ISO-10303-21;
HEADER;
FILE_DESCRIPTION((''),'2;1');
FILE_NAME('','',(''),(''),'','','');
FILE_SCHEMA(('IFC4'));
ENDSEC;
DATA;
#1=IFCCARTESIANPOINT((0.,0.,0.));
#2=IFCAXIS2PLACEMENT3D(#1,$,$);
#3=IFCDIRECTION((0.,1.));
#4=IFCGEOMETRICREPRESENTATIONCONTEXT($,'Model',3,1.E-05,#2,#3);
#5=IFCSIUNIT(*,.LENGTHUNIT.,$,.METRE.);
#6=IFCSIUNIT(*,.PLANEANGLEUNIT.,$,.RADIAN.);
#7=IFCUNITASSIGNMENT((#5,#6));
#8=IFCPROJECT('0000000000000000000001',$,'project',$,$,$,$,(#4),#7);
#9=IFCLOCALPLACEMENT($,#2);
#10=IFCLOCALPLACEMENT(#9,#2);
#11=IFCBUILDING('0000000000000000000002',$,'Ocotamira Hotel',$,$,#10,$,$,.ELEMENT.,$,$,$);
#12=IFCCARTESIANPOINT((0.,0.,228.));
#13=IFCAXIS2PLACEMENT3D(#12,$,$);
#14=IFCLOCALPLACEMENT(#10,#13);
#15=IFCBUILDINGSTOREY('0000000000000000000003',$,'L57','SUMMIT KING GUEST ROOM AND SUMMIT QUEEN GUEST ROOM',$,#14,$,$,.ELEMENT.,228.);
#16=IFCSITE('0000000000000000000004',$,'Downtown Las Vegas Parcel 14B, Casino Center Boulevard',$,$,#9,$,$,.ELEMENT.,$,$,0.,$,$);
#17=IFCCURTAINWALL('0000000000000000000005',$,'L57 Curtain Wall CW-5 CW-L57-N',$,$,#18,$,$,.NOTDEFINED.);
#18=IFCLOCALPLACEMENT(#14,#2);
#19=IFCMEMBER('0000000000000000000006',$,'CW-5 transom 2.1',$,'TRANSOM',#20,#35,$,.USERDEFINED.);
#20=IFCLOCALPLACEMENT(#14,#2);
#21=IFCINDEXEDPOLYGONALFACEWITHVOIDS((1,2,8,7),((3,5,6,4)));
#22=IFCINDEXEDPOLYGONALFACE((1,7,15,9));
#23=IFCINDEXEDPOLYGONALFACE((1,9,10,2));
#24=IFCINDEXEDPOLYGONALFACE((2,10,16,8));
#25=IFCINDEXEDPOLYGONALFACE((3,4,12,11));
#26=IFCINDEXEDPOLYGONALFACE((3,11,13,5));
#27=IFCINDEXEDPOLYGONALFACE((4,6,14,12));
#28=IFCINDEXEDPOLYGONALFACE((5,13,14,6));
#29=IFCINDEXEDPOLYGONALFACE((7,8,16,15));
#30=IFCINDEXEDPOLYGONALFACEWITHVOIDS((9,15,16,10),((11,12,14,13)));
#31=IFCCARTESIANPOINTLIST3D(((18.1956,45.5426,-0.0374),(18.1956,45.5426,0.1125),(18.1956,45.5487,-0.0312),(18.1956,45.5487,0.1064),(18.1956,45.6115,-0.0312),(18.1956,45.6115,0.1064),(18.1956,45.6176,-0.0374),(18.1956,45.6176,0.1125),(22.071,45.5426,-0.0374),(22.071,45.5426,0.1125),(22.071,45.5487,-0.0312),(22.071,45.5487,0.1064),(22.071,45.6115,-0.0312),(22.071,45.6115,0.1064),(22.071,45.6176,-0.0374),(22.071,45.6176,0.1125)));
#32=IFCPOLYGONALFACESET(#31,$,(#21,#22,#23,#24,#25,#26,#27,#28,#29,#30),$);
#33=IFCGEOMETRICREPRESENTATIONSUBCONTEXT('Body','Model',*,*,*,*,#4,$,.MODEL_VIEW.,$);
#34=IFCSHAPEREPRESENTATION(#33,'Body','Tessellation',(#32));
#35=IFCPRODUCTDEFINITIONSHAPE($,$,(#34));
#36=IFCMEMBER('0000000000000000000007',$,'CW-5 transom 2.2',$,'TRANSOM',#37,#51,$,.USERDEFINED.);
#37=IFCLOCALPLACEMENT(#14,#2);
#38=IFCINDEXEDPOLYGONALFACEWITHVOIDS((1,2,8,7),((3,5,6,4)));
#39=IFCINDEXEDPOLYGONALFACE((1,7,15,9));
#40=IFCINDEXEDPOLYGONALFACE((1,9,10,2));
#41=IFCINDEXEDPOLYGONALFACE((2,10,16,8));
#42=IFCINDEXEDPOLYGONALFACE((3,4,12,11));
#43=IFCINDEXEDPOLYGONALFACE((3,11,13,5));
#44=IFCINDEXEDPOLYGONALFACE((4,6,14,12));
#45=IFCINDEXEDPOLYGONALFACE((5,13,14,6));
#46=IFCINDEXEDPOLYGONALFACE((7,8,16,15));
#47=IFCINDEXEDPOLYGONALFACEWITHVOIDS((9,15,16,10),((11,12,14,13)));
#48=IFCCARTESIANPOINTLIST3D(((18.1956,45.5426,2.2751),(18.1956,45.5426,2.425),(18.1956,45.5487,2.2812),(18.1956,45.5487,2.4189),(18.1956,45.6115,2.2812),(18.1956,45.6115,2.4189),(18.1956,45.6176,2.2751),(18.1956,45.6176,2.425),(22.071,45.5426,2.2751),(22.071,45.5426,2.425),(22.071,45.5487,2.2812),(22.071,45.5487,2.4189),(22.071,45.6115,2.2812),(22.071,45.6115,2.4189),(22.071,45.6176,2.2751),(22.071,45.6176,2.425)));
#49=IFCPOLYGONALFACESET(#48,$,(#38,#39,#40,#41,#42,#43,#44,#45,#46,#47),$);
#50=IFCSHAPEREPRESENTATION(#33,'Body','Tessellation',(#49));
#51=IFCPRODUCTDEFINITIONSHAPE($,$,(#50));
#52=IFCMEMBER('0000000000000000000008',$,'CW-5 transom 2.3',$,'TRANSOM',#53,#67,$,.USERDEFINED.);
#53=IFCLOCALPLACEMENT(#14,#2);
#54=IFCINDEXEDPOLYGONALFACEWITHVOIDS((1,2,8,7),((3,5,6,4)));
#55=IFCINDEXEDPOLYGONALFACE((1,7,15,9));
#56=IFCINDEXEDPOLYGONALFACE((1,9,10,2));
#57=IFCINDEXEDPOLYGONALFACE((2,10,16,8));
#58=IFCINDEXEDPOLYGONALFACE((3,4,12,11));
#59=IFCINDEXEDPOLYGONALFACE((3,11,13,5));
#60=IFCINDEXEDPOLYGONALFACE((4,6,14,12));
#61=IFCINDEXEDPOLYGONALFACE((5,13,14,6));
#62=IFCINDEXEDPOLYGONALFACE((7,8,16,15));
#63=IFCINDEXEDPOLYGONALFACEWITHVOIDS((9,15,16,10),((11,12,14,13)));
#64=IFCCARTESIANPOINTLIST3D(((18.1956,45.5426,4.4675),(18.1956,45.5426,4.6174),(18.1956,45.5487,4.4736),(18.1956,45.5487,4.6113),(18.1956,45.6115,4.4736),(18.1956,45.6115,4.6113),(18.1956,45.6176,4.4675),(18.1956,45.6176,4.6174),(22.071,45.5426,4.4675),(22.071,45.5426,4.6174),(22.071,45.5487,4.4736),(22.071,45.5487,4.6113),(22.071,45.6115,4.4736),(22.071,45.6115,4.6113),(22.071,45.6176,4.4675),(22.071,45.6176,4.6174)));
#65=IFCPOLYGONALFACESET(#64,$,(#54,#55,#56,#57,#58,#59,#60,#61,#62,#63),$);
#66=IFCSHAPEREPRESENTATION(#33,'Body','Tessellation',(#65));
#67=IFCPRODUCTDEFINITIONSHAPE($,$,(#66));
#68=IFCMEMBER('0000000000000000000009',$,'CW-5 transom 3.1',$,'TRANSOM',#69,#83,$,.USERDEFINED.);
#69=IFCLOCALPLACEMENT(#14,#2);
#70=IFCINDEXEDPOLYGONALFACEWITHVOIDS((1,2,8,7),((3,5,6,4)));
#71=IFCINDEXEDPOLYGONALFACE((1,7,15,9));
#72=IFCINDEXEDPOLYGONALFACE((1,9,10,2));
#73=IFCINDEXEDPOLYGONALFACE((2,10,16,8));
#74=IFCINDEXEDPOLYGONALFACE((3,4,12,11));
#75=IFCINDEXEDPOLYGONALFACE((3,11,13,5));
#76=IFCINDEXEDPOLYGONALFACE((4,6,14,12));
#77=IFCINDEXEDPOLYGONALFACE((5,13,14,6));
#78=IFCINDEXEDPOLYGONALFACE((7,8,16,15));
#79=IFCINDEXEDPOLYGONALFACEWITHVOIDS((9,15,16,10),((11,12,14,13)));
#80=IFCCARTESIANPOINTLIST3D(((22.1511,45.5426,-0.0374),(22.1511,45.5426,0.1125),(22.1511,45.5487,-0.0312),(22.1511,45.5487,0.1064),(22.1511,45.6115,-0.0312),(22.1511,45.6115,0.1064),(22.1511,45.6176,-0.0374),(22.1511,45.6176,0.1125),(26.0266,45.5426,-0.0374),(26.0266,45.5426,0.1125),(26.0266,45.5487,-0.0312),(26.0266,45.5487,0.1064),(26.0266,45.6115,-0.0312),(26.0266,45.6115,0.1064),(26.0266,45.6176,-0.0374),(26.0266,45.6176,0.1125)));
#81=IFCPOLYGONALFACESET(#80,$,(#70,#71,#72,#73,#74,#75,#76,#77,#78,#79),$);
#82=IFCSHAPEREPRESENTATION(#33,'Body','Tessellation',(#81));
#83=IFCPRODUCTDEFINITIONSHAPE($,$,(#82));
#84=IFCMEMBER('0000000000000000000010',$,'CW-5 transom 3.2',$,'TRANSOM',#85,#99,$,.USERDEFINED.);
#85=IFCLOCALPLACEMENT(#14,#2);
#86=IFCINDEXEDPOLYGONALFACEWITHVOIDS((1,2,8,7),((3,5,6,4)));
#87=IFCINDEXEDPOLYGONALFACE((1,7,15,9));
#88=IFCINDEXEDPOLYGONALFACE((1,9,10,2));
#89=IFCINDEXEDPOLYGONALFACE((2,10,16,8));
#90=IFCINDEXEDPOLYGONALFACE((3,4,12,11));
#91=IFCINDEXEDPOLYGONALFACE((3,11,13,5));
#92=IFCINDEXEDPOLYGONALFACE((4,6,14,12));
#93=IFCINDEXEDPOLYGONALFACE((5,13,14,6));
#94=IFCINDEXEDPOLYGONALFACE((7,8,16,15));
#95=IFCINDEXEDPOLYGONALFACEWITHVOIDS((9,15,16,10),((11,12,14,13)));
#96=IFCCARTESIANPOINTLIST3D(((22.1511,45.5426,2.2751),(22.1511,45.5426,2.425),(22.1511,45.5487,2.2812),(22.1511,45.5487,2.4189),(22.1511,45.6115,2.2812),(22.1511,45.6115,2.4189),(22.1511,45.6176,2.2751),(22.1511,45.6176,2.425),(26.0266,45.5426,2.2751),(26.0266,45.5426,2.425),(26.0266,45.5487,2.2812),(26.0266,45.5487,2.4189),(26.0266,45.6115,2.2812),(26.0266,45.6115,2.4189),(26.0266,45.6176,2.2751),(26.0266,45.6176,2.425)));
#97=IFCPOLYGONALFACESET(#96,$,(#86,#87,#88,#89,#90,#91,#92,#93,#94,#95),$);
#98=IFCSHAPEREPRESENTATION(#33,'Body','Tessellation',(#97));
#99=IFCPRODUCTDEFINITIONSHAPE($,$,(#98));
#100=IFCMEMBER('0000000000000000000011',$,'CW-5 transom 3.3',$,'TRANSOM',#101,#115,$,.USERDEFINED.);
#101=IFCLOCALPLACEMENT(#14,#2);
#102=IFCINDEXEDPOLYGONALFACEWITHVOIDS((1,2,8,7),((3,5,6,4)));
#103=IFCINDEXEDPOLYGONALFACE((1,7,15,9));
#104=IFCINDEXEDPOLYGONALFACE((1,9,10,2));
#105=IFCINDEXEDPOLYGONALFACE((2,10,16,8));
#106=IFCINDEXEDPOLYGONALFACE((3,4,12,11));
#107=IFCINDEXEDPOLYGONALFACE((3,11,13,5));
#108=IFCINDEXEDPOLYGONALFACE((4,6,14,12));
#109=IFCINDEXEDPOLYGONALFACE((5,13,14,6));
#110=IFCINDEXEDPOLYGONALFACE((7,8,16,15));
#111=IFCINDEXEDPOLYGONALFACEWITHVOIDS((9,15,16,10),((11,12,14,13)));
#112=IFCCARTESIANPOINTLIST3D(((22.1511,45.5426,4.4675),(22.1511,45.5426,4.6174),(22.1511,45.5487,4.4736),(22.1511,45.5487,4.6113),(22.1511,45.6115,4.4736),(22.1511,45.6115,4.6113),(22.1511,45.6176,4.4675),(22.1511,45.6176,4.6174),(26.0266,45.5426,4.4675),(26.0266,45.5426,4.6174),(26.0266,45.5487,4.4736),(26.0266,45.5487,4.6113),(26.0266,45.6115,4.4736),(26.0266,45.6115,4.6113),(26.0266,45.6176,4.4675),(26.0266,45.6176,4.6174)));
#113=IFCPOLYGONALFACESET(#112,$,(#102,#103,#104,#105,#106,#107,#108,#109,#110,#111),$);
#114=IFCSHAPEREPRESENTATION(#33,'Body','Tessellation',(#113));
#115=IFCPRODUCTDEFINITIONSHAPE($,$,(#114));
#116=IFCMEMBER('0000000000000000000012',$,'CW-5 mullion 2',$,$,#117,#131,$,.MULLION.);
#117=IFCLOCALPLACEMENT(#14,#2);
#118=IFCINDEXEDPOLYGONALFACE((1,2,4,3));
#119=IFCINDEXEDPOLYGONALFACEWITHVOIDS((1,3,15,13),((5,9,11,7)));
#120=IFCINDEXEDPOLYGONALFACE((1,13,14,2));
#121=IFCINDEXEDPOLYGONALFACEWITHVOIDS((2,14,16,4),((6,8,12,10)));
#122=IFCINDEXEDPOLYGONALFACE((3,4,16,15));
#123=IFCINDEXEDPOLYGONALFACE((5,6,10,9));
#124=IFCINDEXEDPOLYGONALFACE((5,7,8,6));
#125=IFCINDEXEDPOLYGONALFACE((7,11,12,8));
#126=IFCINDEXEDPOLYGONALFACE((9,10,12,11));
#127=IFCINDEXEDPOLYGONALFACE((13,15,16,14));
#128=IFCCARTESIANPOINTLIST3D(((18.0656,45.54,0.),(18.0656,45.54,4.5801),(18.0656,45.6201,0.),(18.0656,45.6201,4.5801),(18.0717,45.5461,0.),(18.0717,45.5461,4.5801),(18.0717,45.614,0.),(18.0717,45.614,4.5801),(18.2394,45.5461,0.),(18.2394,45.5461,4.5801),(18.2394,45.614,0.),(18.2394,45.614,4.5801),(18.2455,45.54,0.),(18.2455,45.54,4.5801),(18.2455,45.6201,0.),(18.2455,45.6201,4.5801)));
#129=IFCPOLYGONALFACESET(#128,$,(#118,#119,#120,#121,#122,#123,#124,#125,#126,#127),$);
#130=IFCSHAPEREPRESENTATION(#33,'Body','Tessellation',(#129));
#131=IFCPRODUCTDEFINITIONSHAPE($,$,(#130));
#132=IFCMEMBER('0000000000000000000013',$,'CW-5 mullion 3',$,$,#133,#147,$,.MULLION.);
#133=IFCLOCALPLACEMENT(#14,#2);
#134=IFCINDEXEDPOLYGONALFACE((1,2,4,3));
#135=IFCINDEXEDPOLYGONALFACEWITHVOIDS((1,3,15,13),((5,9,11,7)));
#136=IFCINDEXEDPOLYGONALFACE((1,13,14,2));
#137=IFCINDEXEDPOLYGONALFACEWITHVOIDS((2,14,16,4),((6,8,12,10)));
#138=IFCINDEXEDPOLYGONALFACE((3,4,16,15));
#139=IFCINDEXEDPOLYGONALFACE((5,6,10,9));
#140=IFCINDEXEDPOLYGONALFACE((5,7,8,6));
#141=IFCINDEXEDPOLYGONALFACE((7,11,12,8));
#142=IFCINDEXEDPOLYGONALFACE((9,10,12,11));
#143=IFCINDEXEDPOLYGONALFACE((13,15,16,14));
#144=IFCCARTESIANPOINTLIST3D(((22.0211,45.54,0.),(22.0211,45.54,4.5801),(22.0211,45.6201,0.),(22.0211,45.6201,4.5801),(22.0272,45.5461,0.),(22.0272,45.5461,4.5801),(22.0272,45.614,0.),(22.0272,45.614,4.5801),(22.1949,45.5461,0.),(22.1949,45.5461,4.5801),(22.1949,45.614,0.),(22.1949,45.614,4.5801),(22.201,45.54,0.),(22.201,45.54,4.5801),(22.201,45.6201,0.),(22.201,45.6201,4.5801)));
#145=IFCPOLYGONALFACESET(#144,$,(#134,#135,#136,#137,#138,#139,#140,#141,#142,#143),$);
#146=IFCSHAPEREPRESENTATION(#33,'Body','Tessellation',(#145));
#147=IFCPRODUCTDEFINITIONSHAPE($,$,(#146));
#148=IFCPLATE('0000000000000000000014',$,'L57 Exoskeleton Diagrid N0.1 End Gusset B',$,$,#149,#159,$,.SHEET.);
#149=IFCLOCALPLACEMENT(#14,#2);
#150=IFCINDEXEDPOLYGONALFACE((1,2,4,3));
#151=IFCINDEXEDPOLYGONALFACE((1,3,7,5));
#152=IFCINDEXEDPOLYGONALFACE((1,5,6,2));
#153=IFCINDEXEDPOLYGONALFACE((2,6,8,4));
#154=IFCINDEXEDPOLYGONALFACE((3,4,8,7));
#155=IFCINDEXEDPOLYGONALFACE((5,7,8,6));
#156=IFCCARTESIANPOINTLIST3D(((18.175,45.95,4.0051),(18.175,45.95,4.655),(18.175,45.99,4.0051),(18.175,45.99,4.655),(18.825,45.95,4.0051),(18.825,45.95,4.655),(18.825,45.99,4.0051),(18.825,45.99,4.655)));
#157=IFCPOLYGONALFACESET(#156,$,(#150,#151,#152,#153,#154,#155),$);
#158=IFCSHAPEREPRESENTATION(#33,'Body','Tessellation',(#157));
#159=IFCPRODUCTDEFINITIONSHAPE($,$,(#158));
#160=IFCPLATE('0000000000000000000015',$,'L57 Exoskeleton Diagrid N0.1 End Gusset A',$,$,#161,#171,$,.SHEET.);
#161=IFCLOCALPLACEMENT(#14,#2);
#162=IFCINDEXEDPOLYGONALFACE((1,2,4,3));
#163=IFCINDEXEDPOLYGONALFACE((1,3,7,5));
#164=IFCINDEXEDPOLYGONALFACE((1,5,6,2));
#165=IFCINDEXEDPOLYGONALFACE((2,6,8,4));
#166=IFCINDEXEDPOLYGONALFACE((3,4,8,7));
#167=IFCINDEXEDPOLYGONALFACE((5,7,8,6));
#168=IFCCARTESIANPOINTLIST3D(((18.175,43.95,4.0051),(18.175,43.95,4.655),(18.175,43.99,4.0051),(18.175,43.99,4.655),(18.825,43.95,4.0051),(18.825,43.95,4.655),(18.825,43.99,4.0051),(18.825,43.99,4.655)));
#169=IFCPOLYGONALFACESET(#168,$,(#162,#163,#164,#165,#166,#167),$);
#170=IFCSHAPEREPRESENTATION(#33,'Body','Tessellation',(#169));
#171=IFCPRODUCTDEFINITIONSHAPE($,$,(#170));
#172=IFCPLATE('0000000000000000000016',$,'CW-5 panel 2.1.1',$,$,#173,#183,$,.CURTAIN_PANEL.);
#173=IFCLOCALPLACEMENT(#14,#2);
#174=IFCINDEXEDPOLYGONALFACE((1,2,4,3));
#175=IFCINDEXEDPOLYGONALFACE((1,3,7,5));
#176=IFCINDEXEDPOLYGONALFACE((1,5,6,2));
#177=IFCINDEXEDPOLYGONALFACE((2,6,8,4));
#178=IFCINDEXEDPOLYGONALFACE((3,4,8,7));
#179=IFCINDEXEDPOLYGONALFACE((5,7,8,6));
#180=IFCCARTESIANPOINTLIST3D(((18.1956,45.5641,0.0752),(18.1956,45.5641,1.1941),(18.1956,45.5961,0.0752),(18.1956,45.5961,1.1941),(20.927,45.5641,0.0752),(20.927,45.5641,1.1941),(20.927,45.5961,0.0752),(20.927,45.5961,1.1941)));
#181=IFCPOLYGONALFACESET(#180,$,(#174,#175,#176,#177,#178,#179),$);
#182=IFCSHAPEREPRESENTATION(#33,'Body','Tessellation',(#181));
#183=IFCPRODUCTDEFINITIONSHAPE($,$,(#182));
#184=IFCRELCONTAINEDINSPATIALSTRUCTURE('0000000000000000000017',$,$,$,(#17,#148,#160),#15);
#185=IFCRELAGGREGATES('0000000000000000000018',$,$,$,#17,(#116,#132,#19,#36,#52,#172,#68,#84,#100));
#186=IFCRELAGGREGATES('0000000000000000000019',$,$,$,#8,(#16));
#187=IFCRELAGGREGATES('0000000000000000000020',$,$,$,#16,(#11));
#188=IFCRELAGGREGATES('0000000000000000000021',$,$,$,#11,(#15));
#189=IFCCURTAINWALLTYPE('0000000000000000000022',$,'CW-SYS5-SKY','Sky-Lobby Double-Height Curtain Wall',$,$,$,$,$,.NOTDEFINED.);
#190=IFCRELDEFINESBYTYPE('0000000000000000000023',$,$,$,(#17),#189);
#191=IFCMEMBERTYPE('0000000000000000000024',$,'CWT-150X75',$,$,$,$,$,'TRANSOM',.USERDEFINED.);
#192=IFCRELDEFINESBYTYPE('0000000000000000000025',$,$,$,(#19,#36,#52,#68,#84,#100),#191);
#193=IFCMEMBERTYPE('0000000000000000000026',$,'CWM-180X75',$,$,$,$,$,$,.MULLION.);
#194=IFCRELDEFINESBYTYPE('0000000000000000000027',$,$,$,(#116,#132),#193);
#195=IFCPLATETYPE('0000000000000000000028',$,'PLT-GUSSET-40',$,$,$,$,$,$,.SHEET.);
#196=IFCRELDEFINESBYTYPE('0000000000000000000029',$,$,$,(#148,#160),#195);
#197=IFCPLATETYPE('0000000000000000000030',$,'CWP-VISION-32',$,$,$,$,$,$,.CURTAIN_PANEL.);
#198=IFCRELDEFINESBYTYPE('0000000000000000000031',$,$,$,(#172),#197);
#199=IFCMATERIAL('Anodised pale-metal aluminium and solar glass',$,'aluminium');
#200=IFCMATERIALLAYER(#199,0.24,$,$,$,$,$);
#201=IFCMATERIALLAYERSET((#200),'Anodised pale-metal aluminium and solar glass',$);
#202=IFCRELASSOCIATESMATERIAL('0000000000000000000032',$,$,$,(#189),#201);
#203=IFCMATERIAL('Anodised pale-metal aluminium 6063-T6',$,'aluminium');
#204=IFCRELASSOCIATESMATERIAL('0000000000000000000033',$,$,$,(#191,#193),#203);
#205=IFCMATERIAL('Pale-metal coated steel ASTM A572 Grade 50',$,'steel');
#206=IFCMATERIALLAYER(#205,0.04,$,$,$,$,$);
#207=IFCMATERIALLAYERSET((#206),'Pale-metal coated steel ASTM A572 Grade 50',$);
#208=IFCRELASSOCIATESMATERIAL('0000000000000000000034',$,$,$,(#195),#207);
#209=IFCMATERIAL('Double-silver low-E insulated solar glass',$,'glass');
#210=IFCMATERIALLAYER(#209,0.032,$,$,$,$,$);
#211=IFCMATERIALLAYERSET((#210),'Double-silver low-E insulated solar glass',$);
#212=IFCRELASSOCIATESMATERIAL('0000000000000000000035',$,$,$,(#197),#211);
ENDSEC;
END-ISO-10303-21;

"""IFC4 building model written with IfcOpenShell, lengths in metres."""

from ifc_helpers import new_model, si_unit, direction, frame, origin, origin_2d, place, context, subcontext, project, spatial, rectangle, hollow_rectangle, extrude, source, transform, mapped, material, layer, layer_set, material_profile, profile_set, type_object, element, aggregate, save


model = new_model("IFC4")

# Units and contexts
model_context = context("Model", 3, precision=1e-05, world=origin(), true_north=direction((0.0, 1.0)))
body_context = subcontext(model_context, "Body", "Model", "MODEL_VIEW")
ifc_project = project(units=[si_unit("LENGTHUNIT", "METRE"), si_unit("PLANEANGLEUNIT", "RADIAN")], contexts=[model_context])

# Site, building, storey
site_placement = place(None, origin())
site = spatial("IfcSite", under=ifc_project, at=site_placement, Name="Downtown Las Vegas Parcel 14B, Casino Center Boulevard", CompositionType="ELEMENT", RefElevation=0.0)
building_placement = place(site_placement, origin())
building = spatial("IfcBuilding", under=site, at=building_placement, Name="Ocotamira Hotel", CompositionType="ELEMENT")
storey_placement = place(building_placement, frame((0.0, 0.0, 228.0)))
storey = spatial("IfcBuildingStorey", under=building, at=storey_placement, Name="L57", Description="SUMMIT KING GUEST ROOM AND SUMMIT QUEEN GUEST ROOM", CompositionType="ELEMENT", Elevation=228.0)

# Curtain wall, members
ifc_material_1 = material(Name="Anodised pale-metal aluminium and solar glass", Category="aluminium")
ifc_layer_1 = layer(ifc_material_1, 0.24)
ifc_layer_set_1 = layer_set([ifc_layer_1], Name="Anodised pale-metal aluminium and solar glass")
curtain_wall_type = type_object("IfcCurtainWallType", Name="CW-SYS5-SKY", Description="Sky-Lobby Double-Height Curtain Wall", PredefinedType="NOTDEFINED", material=ifc_layer_set_1)
curtain_wall_placement = place(storey_placement, origin())
curtain_wall = element("IfcCurtainWall", 1, at=curtain_wall_placement, inside=storey, type_object=curtain_wall_type, Name="L57 Curtain Wall CW-5 CW-L57-N", PredefinedType="NOTDEFINED")
ifc_material_2 = material(Name="Anodised pale-metal aluminium 6063-T6", Category="aluminium")
ifc_material_profile_1 = material_profile(ifc_material_2, hollow_rectangle(XDim=0.075, YDim=0.1499, WallThickness=0.0061, at=origin_2d()), Name="HSS150X75X6")
ifc_profile_set_1 = profile_set([ifc_material_profile_1], Name="Anodised pale-metal aluminium 6063-T6")
member_type_1 = type_object("IfcMemberType", Name="CWT-150X75", ElementType="TRANSOM", PredefinedType="USERDEFINED", material=ifc_profile_set_1)
shared_shape_1 = source(origin(), body_context, "Body", "SweptSolid", [
    extrude(hollow_rectangle(XDim=0.075, YDim=0.1499, WallThickness=0.0061, at=origin_2d()), origin(), (0.0, 0.0, 1.0), 3.8755),
])
member_1_placement = place(storey_placement, frame((18.1956, 45.5801, 0.0376), z_axis=(1.0, 0.0, 0.0), x_axis=(0.0, 1.0, 0.0)))
member_1 = element("IfcMember", 2, at=member_1_placement, type_object=member_type_1, Name="CW-5 transom 2.1", ObjectType="TRANSOM", PredefinedType="USERDEFINED", context=body_context, shape_type="MappedRepresentation", body=[
    mapped(shared_shape_1, transform((0.0, 0.0, 0.0), scale=1.0)),
])
member_2_placement = place(storey_placement, frame((18.1956, 45.5801, 2.3501), z_axis=(1.0, 0.0, 0.0), x_axis=(0.0, 1.0, 0.0)))
member_2 = element("IfcMember", 3, at=member_2_placement, type_object=member_type_1, Name="CW-5 transom 2.2", ObjectType="TRANSOM", PredefinedType="USERDEFINED", context=body_context, shape_type="MappedRepresentation", body=[
    mapped(shared_shape_1, transform((0.0, 0.0, 0.0), scale=1.0)),
])
member_3_placement = place(storey_placement, frame((18.1956, 45.5801, 4.5425), z_axis=(1.0, 0.0, 0.0), x_axis=(0.0, 1.0, 0.0)))
member_3 = element("IfcMember", 4, at=member_3_placement, type_object=member_type_1, Name="CW-5 transom 2.3", ObjectType="TRANSOM", PredefinedType="USERDEFINED", context=body_context, shape_type="MappedRepresentation", body=[
    mapped(shared_shape_1, transform((0.0, 0.0, 0.0), scale=1.0)),
])
member_4_placement = place(storey_placement, frame((22.1511, 45.5801, 0.0376), z_axis=(1.0, 0.0, 0.0), x_axis=(0.0, 1.0, 0.0)))
member_4 = element("IfcMember", 5, at=member_4_placement, type_object=member_type_1, Name="CW-5 transom 3.1", ObjectType="TRANSOM", PredefinedType="USERDEFINED", context=body_context, shape_type="MappedRepresentation", body=[
    mapped(shared_shape_1, transform((0.0, 0.0, 0.0), scale=1.0)),
])
member_5_placement = place(storey_placement, frame((22.1511, 45.5801, 2.3501), z_axis=(1.0, 0.0, 0.0), x_axis=(0.0, 1.0, 0.0)))
member_5 = element("IfcMember", 6, at=member_5_placement, type_object=member_type_1, Name="CW-5 transom 3.2", ObjectType="TRANSOM", PredefinedType="USERDEFINED", context=body_context, shape_type="MappedRepresentation", body=[
    mapped(shared_shape_1, transform((0.0, 0.0, 0.0), scale=1.0)),
])
member_6_placement = place(storey_placement, frame((22.1511, 45.5801, 4.5425), z_axis=(1.0, 0.0, 0.0), x_axis=(0.0, 1.0, 0.0)))
member_6 = element("IfcMember", 7, at=member_6_placement, type_object=member_type_1, Name="CW-5 transom 3.3", ObjectType="TRANSOM", PredefinedType="USERDEFINED", context=body_context, shape_type="MappedRepresentation", body=[
    mapped(shared_shape_1, transform((0.0, 0.0, 0.0), scale=1.0)),
])
ifc_material_profile_2 = material_profile(ifc_material_2, hollow_rectangle(XDim=0.0801, YDim=0.1799, WallThickness=0.0061, at=origin_2d()), Name="HSS180X80X6")
ifc_profile_set_2 = profile_set([ifc_material_profile_2], Name="Anodised pale-metal aluminium 6063-T6")
member_type_2 = type_object("IfcMemberType", Name="CWM-180X75", PredefinedType="MULLION", material=ifc_profile_set_2)
shared_shape_2 = source(origin(), body_context, "Body", "SweptSolid", [
    extrude(hollow_rectangle(XDim=0.0801, YDim=0.1799, WallThickness=0.0061, at=origin_2d()), origin(), (0.0, 0.0, 1.0), 4.5801),
])
member_7_placement = place(storey_placement, frame((18.1555, 45.5801, 0.0), z_axis=(0.0, 0.0, 1.0), x_axis=(0.0, 1.0, 0.0)))
member_7 = element("IfcMember", 8, at=member_7_placement, type_object=member_type_2, Name="CW-5 mullion 2", PredefinedType="MULLION", context=body_context, shape_type="MappedRepresentation", body=[
    mapped(shared_shape_2, transform((0.0, 0.0, 0.0), scale=1.0)),
])
member_8_placement = place(storey_placement, frame((22.1111, 45.5801, 0.0), z_axis=(0.0, 0.0, 1.0), x_axis=(0.0, 1.0, 0.0)))
member_8 = element("IfcMember", 9, at=member_8_placement, type_object=member_type_2, Name="CW-5 mullion 3", PredefinedType="MULLION", context=body_context, shape_type="MappedRepresentation", body=[
    mapped(shared_shape_2, transform((0.0, 0.0, 0.0), scale=1.0)),
])

# Plates
ifc_material_3 = material(Name="Pale-metal coated steel ASTM A572 Grade 50", Category="steel")
ifc_layer_2 = layer(ifc_material_3, 0.04)
ifc_layer_set_2 = layer_set([ifc_layer_2], Name="Pale-metal coated steel ASTM A572 Grade 50")
plate_type_1 = type_object("IfcPlateType", Name="PLT-GUSSET-40", PredefinedType="SHEET", material=ifc_layer_set_2)
shared_shape_3 = source(origin(), body_context, "Body", "SweptSolid", [
    extrude(rectangle(XDim=0.6499, YDim=0.04, at=origin_2d()), origin(), (0.0, 0.0, 1.0), 0.6499),
])
for number, where, z_axis, x_axis, name in (
    (10, (18.5, 45.97, 4.0051), (0.0, 0.0, 1.0), (1.0, 0.0, 0.0), "L57 Exoskeleton Diagrid N0.1 End Gusset B"),
    (11, (18.5, 43.97, 4.0051), (0.0, 0.0, 1.0), (-1.0, 0.0, 0.0), "L57 Exoskeleton Diagrid N0.1 End Gusset A"),
):
    element("IfcPlate", number, at=place(storey_placement, frame(where, z_axis=z_axis, x_axis=x_axis)), inside=storey, type_object=plate_type_1, Name=name, PredefinedType="SHEET", context=body_context, shape_type="MappedRepresentation", body=[
        mapped(shared_shape_3, transform((0.0, 0.0, 0.0), scale=1.0)),
    ])

# Plate
ifc_material_4 = material(Name="Double-silver low-E insulated solar glass", Category="glass")
ifc_layer_3 = layer(ifc_material_4, 0.032)
ifc_layer_set_3 = layer_set([ifc_layer_3], Name="Double-silver low-E insulated solar glass")
plate_type_2 = type_object("IfcPlateType", Name="CWP-VISION-32", PredefinedType="CURTAIN_PANEL", material=ifc_layer_set_3)
shared_shape_4 = source(origin(), body_context, "Body", "SweptSolid", [
    extrude(rectangle(XDim=2.7314, YDim=0.032, at=origin_2d()), origin(), (0.0, 0.0, 1.0), 1.1189),
])
plate_1_placement = place(storey_placement, frame((19.5613, 45.5801, 0.0752), z_axis=(0.0, 0.0, 1.0), x_axis=(1.0, 0.0, 0.0)))
plate_1 = element("IfcPlate", 12, at=plate_1_placement, type_object=plate_type_2, Name="CW-5 panel 2.1.1", PredefinedType="CURTAIN_PANEL", context=body_context, shape_type="MappedRepresentation", body=[
    mapped(shared_shape_4, transform((0.0, 0.0, 0.0), scale=1.0)),
])
aggregate(curtain_wall, [member_7, member_8, member_1, member_2, member_3, plate_1, member_4, member_5, member_6])

save(model, "model.ifc")
